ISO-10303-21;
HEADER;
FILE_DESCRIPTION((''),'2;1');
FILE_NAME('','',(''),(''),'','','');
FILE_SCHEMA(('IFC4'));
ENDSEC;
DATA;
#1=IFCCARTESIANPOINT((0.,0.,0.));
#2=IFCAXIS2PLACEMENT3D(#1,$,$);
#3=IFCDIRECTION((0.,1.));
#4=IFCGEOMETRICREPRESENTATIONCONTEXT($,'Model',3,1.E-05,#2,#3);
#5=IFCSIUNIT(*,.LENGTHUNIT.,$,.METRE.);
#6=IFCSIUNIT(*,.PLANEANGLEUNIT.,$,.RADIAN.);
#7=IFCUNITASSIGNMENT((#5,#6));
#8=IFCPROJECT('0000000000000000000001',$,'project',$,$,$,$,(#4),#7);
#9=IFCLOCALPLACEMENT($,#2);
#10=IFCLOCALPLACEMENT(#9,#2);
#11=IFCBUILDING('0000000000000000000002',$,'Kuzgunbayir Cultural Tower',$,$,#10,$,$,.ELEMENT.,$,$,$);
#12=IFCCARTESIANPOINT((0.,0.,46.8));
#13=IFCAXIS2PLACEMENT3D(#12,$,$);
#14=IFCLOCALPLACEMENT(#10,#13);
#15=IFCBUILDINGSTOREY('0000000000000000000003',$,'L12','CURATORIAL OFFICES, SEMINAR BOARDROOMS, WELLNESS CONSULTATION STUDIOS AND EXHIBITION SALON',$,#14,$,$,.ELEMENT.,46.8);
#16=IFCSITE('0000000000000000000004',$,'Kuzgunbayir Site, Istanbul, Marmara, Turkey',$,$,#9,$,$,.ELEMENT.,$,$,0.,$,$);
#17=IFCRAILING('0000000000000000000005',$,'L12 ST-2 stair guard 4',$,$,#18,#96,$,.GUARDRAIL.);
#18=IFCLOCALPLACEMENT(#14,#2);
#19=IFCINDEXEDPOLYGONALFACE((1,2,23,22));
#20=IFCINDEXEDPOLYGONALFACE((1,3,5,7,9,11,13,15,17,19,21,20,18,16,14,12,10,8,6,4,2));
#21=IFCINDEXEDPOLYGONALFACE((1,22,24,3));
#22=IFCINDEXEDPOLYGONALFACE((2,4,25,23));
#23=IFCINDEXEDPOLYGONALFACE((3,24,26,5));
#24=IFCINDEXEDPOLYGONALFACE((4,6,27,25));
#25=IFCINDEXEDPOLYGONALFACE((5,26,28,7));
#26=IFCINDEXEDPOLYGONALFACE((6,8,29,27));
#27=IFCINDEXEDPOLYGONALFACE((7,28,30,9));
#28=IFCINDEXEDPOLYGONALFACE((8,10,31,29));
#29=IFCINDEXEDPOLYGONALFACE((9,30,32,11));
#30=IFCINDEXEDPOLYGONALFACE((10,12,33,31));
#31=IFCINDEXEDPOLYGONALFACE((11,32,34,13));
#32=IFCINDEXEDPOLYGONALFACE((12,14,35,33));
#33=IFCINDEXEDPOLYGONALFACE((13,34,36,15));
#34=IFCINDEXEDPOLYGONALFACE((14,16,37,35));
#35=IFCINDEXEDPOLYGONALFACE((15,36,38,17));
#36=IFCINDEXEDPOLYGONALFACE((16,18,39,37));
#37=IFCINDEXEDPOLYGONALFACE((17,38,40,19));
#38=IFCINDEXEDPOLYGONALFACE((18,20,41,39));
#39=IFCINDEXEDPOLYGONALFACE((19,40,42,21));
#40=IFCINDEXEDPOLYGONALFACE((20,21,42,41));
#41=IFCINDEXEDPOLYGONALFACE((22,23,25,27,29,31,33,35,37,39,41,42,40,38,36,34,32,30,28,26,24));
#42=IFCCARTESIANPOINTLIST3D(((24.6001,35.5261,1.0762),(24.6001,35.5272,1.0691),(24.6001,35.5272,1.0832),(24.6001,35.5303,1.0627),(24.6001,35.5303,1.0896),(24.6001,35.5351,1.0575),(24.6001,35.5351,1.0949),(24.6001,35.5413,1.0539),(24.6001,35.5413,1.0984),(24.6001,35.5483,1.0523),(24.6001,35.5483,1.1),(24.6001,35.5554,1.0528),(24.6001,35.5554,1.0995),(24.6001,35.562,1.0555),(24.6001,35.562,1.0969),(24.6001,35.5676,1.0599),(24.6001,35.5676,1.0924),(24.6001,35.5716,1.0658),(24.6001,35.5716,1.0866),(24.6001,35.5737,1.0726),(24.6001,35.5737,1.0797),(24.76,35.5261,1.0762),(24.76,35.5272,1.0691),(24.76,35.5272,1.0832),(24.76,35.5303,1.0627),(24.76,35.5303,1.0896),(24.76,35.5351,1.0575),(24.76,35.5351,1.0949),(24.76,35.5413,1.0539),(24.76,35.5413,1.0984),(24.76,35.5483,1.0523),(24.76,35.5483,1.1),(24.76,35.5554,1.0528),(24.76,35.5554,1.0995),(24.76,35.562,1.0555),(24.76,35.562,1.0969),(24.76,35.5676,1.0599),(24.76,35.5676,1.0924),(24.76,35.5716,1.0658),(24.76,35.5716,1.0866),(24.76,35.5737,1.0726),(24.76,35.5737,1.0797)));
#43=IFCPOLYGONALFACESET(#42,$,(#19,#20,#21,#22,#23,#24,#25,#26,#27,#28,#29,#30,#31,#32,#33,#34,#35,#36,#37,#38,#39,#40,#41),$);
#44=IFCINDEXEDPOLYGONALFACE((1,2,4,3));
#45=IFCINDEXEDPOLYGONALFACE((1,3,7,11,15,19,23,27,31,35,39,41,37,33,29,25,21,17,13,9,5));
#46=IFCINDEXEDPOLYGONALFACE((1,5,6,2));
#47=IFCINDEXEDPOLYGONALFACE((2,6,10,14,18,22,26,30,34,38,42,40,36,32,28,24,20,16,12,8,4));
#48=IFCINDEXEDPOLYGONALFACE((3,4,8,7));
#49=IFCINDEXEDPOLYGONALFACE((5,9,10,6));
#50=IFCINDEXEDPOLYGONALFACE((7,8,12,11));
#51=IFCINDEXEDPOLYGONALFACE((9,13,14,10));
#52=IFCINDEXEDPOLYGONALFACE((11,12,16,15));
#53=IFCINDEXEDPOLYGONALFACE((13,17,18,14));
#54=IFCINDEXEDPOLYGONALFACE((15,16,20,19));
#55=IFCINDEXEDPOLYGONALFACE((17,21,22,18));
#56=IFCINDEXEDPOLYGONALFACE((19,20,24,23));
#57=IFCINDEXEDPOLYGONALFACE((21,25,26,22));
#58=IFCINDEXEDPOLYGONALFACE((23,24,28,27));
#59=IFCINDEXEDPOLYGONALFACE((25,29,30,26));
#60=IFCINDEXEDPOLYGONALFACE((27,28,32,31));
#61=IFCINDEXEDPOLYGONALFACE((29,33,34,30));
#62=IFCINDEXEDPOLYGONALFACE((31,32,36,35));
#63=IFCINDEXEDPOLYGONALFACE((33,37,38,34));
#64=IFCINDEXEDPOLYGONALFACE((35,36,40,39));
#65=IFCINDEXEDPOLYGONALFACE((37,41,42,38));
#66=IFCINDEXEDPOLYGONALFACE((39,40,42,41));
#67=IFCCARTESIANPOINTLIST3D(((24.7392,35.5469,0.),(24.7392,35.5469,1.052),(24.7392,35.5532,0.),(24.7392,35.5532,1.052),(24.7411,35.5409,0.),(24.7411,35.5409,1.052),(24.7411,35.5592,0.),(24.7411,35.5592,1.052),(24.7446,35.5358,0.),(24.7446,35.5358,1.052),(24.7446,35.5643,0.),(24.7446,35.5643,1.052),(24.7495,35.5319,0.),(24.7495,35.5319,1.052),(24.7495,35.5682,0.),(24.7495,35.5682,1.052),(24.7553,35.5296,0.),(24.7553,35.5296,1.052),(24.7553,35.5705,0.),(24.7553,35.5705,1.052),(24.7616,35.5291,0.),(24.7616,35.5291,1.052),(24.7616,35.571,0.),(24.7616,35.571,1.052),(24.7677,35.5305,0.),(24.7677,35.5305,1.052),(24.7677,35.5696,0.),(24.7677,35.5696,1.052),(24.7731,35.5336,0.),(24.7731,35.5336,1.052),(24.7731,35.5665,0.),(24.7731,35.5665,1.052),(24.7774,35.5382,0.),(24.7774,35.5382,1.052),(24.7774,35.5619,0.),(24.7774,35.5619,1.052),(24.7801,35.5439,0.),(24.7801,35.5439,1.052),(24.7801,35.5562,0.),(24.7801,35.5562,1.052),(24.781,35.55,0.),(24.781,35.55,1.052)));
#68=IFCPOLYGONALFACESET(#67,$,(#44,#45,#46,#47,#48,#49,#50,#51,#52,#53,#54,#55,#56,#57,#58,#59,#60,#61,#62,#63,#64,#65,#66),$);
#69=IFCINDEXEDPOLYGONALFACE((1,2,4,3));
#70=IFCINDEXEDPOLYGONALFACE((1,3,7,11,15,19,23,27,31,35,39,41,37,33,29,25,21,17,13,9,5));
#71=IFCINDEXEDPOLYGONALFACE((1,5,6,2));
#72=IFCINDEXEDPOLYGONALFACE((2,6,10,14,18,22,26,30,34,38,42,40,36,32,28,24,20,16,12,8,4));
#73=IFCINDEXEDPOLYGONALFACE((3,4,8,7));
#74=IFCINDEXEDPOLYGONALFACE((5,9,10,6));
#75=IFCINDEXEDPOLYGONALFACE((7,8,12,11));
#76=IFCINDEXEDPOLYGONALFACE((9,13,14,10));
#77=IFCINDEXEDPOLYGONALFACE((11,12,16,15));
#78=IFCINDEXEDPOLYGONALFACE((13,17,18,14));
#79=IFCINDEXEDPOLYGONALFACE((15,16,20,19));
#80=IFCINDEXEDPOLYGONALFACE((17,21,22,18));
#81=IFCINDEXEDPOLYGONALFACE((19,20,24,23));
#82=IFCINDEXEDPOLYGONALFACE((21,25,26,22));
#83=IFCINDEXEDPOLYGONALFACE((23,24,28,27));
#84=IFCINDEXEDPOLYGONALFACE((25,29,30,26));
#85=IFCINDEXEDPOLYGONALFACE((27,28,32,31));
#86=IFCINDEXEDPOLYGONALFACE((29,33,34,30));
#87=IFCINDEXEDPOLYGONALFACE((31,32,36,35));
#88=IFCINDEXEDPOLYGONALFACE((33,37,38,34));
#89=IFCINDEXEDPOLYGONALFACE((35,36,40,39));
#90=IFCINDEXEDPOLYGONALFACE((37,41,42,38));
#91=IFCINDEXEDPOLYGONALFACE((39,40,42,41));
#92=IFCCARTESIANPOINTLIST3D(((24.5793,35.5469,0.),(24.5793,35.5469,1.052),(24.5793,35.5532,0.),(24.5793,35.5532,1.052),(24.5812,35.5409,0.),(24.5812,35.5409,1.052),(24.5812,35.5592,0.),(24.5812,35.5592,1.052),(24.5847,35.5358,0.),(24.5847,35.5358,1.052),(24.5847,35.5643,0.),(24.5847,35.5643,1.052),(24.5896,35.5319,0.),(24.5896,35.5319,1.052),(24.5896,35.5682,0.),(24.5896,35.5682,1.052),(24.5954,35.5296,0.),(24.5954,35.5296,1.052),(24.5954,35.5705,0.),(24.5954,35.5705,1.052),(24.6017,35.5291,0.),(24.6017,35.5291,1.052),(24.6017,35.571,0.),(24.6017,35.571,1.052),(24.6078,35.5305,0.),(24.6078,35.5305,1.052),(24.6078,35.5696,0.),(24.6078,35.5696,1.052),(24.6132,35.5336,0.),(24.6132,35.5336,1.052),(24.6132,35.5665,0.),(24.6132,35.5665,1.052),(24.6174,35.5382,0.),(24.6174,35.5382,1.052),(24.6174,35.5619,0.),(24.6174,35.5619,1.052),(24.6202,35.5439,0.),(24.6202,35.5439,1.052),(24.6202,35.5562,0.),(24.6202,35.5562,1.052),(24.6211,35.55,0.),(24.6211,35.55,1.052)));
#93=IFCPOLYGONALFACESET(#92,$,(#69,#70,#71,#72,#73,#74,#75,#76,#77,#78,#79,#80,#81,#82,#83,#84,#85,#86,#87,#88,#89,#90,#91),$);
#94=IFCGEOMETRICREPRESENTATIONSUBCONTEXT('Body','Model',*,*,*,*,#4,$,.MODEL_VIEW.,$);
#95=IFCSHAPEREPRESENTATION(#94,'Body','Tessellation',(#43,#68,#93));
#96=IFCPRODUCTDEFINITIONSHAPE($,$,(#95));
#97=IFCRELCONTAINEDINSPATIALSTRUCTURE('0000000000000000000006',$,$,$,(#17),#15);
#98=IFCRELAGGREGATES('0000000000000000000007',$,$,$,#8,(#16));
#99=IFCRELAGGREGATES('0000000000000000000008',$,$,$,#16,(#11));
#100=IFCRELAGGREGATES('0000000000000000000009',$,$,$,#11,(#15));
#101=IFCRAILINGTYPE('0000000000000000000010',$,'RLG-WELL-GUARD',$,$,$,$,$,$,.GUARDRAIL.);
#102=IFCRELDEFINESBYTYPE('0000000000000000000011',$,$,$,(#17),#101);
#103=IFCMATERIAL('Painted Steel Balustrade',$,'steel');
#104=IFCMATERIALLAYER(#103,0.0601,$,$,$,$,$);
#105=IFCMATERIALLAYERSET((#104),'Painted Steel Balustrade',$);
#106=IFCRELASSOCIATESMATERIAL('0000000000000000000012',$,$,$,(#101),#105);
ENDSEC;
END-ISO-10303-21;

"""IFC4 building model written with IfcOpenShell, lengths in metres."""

from ifc_helpers import new_model, si_unit, direction, frame, origin, origin_2d, place, context, subcontext, project, spatial, circle, extrude, material, layer, layer_set, type_object, element, save


model = new_model("IFC4")

# Units and contexts
model_context = context("Model", 3, precision=1e-05, world=origin(), true_north=direction((0.0, 1.0)))
body_context = subcontext(model_context, "Body", "Model", "MODEL_VIEW")
ifc_project = project(units=[si_unit("LENGTHUNIT", "METRE"), si_unit("PLANEANGLEUNIT", "RADIAN")], contexts=[model_context])

# Site, building, storey
site_placement = place(None, origin())
site = spatial("IfcSite", under=ifc_project, at=site_placement, Name="Kuzgunbayir Site, Istanbul, Marmara, Turkey", CompositionType="ELEMENT", RefElevation=0.0)
building_placement = place(site_placement, origin())
building = spatial("IfcBuilding", under=site, at=building_placement, Name="Kuzgunbayir Cultural Tower", CompositionType="ELEMENT")
storey_placement = place(building_placement, frame((0.0, 0.0, 46.8)))
storey = spatial("IfcBuildingStorey", under=building, at=storey_placement, Name="L12", Description="CURATORIAL OFFICES, SEMINAR BOARDROOMS, WELLNESS CONSULTATION STUDIOS AND EXHIBITION SALON", CompositionType="ELEMENT", Elevation=46.8)

# Railing
ifc_material_1 = material(Name="Painted Steel Balustrade", Category="steel")
ifc_layer_1 = layer(ifc_material_1, 0.0601)
ifc_layer_set_1 = layer_set([ifc_layer_1], Name="Painted Steel Balustrade")
railing_type_1 = type_object("IfcRailingType", Name="RLG-WELL-GUARD", PredefinedType="GUARDRAIL", material=ifc_layer_set_1)
railing_1_placement = place(storey_placement, frame((24.76, 35.55, 0.0)))
element("IfcRailing", 1, at=railing_1_placement, inside=storey, type_object=railing_type_1, Name="L12 ST-2 stair guard 4", PredefinedType="GUARDRAIL", context=body_context, shape_type="SweptSolid", body=[
    extrude(circle(Radius=0.0239, at=origin_2d()), frame((0.0, 0.0, 1.0762), z_axis=(-1.0, 0.0, 0.0), x_axis=(0.0, -1.0, 0.0)), (0.0, 0.0, 1.0), 0.1599),
    extrude(circle(Radius=0.021, at=origin_2d()), origin(), (0.0, 0.0, 1.0), 1.052),
    extrude(circle(Radius=0.021, at=origin_2d()), frame((-0.1599, 0.0, 0.0)), (0.0, 0.0, 1.0), 1.052),
])

save(model, "model.ifc")
